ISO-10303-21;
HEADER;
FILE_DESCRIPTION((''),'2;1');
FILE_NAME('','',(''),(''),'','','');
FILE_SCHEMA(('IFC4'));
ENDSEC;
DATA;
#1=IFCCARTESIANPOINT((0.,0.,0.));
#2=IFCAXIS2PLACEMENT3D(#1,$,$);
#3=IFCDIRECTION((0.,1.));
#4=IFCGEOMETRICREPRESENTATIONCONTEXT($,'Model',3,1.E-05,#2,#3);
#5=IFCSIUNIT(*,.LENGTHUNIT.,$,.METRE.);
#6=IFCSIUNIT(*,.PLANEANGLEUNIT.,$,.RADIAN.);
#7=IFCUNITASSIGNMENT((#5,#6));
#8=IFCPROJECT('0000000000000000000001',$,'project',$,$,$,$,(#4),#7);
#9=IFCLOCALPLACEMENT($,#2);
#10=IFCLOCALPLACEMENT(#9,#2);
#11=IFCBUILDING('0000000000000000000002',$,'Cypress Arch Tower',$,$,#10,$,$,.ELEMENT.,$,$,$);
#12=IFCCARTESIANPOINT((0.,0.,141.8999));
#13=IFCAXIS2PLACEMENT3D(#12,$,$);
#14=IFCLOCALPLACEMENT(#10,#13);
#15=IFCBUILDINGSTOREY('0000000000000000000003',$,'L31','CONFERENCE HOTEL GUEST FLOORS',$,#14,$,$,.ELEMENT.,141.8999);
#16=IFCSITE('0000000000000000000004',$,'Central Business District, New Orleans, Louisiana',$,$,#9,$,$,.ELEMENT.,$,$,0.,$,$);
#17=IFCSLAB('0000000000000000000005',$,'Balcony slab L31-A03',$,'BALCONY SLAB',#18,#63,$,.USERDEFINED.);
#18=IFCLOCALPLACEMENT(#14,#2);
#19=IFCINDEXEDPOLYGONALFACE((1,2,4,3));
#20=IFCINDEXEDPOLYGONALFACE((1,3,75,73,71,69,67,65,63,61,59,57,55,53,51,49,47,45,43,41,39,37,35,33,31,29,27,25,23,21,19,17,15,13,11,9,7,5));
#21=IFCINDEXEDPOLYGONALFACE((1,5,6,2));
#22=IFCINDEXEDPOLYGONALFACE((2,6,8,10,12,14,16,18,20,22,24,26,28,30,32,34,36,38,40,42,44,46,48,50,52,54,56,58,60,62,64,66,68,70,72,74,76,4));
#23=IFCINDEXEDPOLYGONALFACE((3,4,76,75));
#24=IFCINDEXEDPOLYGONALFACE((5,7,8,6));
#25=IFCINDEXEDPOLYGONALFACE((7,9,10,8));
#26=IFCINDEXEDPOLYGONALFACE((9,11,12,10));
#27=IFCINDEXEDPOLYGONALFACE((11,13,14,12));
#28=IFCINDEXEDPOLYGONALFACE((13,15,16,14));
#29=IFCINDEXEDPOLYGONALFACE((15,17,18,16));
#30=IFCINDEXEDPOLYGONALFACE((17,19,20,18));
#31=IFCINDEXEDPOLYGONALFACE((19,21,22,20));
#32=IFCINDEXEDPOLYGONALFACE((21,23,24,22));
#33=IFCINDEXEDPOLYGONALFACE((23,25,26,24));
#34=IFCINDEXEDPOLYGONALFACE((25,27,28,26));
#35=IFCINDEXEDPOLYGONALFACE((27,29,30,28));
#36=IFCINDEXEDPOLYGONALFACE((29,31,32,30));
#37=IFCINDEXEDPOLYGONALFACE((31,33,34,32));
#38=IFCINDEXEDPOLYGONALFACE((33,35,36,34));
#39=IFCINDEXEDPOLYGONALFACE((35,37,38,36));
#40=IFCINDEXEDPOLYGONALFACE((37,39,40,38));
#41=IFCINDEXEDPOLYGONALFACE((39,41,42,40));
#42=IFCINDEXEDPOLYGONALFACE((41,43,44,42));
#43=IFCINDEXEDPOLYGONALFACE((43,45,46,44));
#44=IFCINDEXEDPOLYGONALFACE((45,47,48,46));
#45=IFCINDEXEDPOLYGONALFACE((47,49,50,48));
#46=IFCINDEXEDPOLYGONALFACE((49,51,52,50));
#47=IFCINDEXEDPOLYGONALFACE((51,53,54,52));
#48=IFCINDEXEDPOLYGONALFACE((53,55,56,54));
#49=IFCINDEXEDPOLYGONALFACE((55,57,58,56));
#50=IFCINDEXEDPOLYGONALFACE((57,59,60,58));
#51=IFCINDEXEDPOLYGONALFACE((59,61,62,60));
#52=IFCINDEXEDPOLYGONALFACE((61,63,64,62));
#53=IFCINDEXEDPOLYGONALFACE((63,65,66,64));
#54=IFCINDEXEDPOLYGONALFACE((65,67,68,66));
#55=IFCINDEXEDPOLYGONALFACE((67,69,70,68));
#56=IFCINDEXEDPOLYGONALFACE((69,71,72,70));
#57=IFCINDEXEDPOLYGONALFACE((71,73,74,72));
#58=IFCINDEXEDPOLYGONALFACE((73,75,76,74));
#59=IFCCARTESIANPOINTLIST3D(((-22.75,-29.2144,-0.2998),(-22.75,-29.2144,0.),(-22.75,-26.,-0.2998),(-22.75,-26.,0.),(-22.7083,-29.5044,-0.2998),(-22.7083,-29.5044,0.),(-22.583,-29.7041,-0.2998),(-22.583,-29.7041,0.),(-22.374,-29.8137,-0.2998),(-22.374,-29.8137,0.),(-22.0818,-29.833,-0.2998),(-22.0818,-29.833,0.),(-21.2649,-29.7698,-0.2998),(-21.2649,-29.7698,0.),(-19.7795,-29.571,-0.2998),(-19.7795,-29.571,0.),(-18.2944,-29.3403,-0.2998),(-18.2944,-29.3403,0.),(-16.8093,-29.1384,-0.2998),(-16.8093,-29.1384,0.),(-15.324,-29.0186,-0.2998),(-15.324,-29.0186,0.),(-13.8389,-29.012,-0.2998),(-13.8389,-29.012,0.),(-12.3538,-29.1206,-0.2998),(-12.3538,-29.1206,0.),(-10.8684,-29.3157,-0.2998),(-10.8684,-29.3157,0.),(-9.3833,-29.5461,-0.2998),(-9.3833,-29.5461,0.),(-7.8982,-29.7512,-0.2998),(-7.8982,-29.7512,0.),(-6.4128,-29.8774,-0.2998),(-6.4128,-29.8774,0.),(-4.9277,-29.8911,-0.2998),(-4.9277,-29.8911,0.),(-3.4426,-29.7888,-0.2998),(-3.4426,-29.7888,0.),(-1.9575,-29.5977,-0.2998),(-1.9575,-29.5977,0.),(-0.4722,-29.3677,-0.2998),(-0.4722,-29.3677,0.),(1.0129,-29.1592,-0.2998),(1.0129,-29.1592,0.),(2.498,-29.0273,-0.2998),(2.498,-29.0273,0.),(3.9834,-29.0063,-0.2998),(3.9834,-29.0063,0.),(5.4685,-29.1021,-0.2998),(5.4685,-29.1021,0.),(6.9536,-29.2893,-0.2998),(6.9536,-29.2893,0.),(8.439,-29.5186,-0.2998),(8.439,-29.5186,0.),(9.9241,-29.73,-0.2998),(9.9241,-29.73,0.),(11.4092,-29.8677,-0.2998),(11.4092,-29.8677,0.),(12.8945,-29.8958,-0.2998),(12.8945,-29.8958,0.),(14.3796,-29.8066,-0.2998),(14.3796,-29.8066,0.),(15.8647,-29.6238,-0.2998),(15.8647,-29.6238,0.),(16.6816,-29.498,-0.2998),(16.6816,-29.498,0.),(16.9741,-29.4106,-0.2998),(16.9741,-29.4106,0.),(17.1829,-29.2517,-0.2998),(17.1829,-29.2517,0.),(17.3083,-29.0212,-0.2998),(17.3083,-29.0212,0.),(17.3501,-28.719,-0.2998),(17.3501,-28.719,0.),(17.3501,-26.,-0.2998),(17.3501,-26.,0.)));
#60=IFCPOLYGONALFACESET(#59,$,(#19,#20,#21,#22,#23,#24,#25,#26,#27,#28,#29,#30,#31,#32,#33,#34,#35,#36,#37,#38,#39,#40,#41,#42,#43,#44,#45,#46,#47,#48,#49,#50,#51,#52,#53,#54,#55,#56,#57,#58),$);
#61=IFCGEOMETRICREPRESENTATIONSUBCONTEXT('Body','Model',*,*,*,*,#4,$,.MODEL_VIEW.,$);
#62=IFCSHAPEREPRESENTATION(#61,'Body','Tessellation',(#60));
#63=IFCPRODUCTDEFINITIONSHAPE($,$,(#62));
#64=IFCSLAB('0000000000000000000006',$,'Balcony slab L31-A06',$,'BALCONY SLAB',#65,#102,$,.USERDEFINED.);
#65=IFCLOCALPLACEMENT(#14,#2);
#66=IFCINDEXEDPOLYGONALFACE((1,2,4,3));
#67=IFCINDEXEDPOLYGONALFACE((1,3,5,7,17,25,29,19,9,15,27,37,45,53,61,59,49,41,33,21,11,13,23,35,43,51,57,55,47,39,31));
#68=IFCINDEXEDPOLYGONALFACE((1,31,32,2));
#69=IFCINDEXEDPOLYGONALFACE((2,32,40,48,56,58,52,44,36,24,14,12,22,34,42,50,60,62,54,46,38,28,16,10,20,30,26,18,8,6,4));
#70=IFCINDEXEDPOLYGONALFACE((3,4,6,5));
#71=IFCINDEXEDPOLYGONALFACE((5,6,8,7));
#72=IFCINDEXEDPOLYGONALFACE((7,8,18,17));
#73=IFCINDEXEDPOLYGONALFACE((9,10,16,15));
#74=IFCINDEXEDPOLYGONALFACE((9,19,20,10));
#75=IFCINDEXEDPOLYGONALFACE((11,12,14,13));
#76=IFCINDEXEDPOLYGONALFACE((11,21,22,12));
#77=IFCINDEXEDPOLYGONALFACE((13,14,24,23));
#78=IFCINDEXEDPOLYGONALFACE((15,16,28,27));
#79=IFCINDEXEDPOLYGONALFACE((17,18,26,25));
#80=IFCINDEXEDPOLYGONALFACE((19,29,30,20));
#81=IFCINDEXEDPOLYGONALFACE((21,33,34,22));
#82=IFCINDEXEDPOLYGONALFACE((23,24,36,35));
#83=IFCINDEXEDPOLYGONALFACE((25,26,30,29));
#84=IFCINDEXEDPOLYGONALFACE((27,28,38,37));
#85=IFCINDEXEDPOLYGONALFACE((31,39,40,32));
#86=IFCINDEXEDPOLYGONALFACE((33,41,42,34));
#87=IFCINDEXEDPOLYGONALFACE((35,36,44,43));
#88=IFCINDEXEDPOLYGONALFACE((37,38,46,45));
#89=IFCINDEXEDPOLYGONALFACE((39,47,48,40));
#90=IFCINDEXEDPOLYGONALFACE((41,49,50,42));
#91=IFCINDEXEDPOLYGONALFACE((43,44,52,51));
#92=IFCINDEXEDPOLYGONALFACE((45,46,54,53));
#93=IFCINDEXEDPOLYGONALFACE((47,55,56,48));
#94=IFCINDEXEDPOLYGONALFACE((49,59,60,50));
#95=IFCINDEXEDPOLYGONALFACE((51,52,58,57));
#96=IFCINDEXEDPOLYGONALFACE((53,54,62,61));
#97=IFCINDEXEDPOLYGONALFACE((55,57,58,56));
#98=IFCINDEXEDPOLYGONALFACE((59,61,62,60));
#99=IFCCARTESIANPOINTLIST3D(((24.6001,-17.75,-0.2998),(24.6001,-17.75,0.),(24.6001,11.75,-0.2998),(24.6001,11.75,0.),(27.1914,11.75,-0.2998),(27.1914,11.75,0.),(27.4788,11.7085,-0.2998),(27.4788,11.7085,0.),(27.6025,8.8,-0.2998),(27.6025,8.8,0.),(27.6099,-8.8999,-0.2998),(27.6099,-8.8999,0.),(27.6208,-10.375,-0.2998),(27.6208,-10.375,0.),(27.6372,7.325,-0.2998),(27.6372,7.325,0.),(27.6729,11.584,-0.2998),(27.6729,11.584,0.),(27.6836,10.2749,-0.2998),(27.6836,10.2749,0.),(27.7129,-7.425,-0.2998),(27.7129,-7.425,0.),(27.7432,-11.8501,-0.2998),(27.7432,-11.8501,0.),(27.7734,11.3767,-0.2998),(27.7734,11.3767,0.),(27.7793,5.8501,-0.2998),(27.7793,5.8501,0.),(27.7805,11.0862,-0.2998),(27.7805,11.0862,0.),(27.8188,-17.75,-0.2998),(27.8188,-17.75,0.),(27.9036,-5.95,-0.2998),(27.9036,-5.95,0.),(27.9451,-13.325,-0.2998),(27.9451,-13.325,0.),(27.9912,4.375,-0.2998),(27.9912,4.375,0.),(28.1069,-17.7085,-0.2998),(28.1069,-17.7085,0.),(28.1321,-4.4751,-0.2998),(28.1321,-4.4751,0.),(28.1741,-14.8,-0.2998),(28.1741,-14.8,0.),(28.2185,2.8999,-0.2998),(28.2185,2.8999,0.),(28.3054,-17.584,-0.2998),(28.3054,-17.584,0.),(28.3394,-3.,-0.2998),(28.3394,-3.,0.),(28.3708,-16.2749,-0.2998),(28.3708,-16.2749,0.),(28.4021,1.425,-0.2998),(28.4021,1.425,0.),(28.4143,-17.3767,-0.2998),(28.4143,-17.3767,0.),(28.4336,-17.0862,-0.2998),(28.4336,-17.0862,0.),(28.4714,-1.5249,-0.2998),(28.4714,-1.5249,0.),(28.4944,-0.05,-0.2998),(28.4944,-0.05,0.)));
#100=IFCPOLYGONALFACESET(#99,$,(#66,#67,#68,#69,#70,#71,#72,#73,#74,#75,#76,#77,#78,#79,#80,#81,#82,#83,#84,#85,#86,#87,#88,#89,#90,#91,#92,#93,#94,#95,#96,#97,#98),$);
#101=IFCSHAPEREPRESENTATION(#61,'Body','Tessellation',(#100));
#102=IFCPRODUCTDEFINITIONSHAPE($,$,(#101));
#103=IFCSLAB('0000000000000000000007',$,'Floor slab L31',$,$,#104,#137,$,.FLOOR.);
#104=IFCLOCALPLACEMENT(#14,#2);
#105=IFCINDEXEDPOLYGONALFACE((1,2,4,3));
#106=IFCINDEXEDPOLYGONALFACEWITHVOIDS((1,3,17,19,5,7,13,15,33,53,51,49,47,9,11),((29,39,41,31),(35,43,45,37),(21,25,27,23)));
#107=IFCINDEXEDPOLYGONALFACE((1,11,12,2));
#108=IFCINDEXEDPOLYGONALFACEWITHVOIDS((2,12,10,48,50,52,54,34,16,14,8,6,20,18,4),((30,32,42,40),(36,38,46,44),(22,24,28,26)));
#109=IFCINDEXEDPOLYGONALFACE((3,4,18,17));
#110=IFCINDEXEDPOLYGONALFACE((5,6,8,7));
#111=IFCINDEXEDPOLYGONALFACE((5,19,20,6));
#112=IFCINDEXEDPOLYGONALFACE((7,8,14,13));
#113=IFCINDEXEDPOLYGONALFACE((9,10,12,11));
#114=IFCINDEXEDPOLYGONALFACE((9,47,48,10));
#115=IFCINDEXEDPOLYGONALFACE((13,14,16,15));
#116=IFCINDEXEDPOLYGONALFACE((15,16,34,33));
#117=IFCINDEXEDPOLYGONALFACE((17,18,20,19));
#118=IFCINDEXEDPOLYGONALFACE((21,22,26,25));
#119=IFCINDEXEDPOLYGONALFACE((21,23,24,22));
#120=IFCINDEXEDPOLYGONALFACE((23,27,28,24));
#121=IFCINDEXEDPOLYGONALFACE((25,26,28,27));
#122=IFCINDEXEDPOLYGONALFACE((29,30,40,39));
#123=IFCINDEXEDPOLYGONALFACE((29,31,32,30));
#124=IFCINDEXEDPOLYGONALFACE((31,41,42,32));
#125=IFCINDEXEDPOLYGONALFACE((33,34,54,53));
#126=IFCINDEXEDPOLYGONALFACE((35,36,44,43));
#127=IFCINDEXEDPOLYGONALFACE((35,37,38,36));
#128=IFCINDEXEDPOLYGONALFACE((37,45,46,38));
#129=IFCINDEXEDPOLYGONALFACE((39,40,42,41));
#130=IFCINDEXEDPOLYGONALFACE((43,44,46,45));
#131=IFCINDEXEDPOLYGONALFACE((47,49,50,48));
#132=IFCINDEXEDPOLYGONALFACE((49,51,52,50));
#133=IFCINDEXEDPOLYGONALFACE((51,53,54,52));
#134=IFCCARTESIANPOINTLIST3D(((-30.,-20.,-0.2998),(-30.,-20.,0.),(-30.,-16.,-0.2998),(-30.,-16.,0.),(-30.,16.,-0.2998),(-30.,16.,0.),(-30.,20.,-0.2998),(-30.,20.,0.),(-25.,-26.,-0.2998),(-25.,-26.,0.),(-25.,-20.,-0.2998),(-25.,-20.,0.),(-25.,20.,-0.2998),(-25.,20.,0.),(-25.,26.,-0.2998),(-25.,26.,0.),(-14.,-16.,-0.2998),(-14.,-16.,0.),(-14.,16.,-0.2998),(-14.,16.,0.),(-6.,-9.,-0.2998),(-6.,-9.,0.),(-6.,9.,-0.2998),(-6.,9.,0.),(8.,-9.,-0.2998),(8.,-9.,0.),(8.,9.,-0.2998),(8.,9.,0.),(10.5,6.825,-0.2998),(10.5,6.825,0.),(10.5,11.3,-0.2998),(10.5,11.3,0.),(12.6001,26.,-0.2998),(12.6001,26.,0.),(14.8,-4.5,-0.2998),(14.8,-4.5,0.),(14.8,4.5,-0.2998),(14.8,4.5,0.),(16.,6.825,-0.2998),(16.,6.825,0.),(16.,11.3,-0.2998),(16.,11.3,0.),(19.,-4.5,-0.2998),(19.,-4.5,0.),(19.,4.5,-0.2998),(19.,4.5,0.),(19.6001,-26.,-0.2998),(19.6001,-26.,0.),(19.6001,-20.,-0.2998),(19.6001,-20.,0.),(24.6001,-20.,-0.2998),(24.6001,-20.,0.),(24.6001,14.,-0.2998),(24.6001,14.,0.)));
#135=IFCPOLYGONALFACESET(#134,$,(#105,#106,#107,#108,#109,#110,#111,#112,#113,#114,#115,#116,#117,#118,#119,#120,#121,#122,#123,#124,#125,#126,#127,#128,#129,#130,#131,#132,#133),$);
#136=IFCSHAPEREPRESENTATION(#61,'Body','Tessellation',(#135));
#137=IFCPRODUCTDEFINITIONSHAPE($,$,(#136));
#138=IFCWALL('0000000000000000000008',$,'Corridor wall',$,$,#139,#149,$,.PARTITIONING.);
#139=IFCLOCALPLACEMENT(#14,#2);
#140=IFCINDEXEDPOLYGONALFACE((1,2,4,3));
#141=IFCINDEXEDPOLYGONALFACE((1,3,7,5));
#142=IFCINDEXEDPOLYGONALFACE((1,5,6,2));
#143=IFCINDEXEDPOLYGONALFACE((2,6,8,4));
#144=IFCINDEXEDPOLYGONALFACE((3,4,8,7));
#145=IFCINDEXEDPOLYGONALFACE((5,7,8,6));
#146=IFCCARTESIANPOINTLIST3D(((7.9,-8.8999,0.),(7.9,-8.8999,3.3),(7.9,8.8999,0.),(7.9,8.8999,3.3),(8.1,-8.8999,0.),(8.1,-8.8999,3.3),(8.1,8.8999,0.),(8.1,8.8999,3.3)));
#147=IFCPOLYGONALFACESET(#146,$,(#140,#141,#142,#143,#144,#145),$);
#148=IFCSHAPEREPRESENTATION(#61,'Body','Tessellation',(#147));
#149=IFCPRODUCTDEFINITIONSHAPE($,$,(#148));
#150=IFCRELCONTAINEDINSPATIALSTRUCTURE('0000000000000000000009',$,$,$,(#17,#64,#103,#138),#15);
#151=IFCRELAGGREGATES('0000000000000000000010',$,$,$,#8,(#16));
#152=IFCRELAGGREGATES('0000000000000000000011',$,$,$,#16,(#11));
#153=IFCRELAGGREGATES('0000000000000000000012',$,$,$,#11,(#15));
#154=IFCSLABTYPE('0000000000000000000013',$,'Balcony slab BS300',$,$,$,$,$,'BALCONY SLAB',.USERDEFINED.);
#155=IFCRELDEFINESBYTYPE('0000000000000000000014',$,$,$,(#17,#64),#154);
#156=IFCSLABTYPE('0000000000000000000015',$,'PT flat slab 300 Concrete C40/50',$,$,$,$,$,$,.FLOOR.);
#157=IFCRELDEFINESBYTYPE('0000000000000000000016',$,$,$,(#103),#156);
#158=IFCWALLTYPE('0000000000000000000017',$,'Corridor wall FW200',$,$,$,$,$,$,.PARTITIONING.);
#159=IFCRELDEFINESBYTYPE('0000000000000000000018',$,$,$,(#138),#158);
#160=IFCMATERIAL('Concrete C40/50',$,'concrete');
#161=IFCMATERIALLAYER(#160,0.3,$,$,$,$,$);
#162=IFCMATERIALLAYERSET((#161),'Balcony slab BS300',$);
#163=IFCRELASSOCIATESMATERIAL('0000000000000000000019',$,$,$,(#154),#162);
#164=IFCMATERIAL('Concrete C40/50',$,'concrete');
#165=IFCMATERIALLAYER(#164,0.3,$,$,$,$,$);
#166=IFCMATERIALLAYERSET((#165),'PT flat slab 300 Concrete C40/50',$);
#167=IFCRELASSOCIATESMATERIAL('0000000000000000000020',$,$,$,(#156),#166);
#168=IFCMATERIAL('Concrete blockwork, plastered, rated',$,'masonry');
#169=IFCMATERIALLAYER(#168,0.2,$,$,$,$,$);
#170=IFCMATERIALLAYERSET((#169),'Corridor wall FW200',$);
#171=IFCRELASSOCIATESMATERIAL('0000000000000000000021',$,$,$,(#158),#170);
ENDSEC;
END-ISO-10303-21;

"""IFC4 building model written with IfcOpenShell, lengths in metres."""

from ifc_helpers import new_model, si_unit, direction, frame, frame_2d, origin, place, context, subcontext, project, spatial, polyline, rectangle, outline, extrude, material, layer, layer_set, type_object, element, save


model = new_model("IFC4")

# Units and contexts
model_context = context("Model", 3, precision=1e-05, world=origin(), true_north=direction((0.0, 1.0)))
body_context = subcontext(model_context, "Body", "Model", "MODEL_VIEW")
ifc_project = project(units=[si_unit("LENGTHUNIT", "METRE"), si_unit("PLANEANGLEUNIT", "RADIAN")], contexts=[model_context])

# Site, building, storey
site_placement = place(None, origin())
site = spatial("IfcSite", under=ifc_project, at=site_placement, Name="Central Business District, New Orleans, Louisiana", CompositionType="ELEMENT", RefElevation=0.0)
building_placement = place(site_placement, origin())
building = spatial("IfcBuilding", under=site, at=building_placement, Name="Cypress Arch Tower", CompositionType="ELEMENT")
storey_placement = place(building_placement, frame((0.0, 0.0, 141.8999)))
storey = spatial("IfcBuildingStorey", under=building, at=storey_placement, Name="L31", Description="CONFERENCE HOTEL GUEST FLOORS", CompositionType="ELEMENT", Elevation=141.8999)

# Slabs
ifc_material_1 = material(Name="Concrete C40/50", Category="concrete")
ifc_layer_1 = layer(ifc_material_1, 0.3)
ifc_layer_set_1 = layer_set([ifc_layer_1], Name="Balcony slab BS300")
slab_type_1 = type_object("IfcSlabType", Name="Balcony slab BS300", ElementType="BALCONY SLAB", PredefinedType="USERDEFINED", material=ifc_layer_set_1)
slab_1_placement = place(storey_placement, frame((0.0, 0.0, -0.2998)))
element("IfcSlab", 1, at=slab_1_placement, inside=storey, type_object=slab_type_1, Name="Balcony slab L31-A03", ObjectType="BALCONY SLAB", PredefinedType="USERDEFINED", context=body_context, shape_type="SweptSolid", body=[
    extrude(outline(polyline([(-22.75, -26.0), (-22.75, -29.2144), (-22.7083, -29.5044), (-22.583, -29.7041), (-22.374, -29.8137), (-22.0818, -29.833), (-21.2649, -29.7698), (-19.7795, -29.571), (-18.2944, -29.3403), (-16.8093, -29.1384), (-15.324, -29.0186), (-13.8389, -29.012), (-12.3538, -29.1206), (-10.8684, -29.3157), (-9.3833, -29.5461), (-7.8982, -29.7512), (-6.4128, -29.8774), (-4.9277, -29.8911), (-3.4426, -29.7888), (-1.9575, -29.5977), (-0.4722, -29.3677), (1.0129, -29.1592), (2.498, -29.0273), (3.9834, -29.0063), (5.4685, -29.1021), (6.9536, -29.2893), (8.439, -29.5186), (9.9241, -29.73), (11.4092, -29.8677), (12.8945, -29.8958), (14.3796, -29.8066), (15.8647, -29.6238), (16.6816, -29.498), (16.9741, -29.4106), (17.1829, -29.2517), (17.3083, -29.0212), (17.3501, -28.719), (17.3501, -26.0), (-22.75, -26.0)])), origin(), (0.0, 0.0, 1.0), 0.2998),
])
slab_2_placement = place(storey_placement, frame((0.0, 0.0, -0.2998)))
element("IfcSlab", 2, at=slab_2_placement, inside=storey, type_object=slab_type_1, Name="Balcony slab L31-A06", ObjectType="BALCONY SLAB", PredefinedType="USERDEFINED", context=body_context, shape_type="SweptSolid", body=[
    extrude(outline(polyline([(24.6001, -17.75), (27.8188, -17.75), (28.1069, -17.7085), (28.3054, -17.584), (28.4143, -17.3767), (28.4336, -17.0862), (28.3708, -16.2749), (28.1741, -14.8), (27.9451, -13.325), (27.7432, -11.8501), (27.6208, -10.375), (27.6099, -8.8999), (27.7129, -7.425), (27.9036, -5.95), (28.1321, -4.4751), (28.3394, -3.0), (28.4714, -1.5249), (28.4944, -0.05), (28.4021, 1.425), (28.2185, 2.8999), (27.9912, 4.375), (27.7793, 5.8501), (27.6372, 7.325), (27.6025, 8.8), (27.6836, 10.2749), (27.7805, 11.0862), (27.7734, 11.3767), (27.6729, 11.584), (27.4788, 11.7085), (27.1914, 11.75), (24.6001, 11.75), (24.6001, -17.75)])), origin(), (0.0, 0.0, 1.0), 0.2998),
])
ifc_material_2 = material(Name="Concrete C40/50", Category="concrete")
ifc_layer_2 = layer(ifc_material_2, 0.3)
ifc_layer_set_2 = layer_set([ifc_layer_2], Name="PT flat slab 300 Concrete C40/50")
slab_type_2 = type_object("IfcSlabType", Name="PT flat slab 300 Concrete C40/50", PredefinedType="FLOOR", material=ifc_layer_set_2)
slab_3_placement = place(storey_placement, frame((0.0, 0.0, -0.2998)))
element("IfcSlab", 3, at=slab_3_placement, inside=storey, type_object=slab_type_2, Name="Floor slab L31", PredefinedType="FLOOR", context=body_context, shape_type="SweptSolid", body=[
    extrude(outline(polyline([(-25.0, 20.0), (-25.0, 26.0), (12.6001, 26.0), (24.6001, 14.0), (24.6001, -20.0), (19.6001, -20.0), (19.6001, -26.0), (-25.0, -26.0), (-25.0, -20.0), (-30.0, -20.0), (-30.0, -16.0), (-14.0, -16.0), (-14.0, 16.0), (-30.0, 16.0), (-30.0, 20.0), (-25.0, 20.0)]), holes=[polyline([(19.0, -4.5), (19.0, 4.5), (14.8, 4.5), (14.8, -4.5), (19.0, -4.5)]), polyline([(16.0, 6.825), (16.0, 11.3), (10.5, 11.3), (10.5, 6.825), (16.0, 6.825)]), polyline([(8.0, -9.0), (8.0, 9.0), (-6.0, 9.0), (-6.0, -9.0), (8.0, -9.0)])]), origin(), (0.0, 0.0, 1.0), 0.2998),
])

# Wall
ifc_material_3 = material(Name="Concrete blockwork, plastered, rated", Category="masonry")
ifc_layer_3 = layer(ifc_material_3, 0.2)
ifc_layer_set_3 = layer_set([ifc_layer_3], Name="Corridor wall FW200")
wall_type_1 = type_object("IfcWallType", Name="Corridor wall FW200", PredefinedType="PARTITIONING", material=ifc_layer_set_3)
wall_1_placement = place(storey_placement, frame((8.0, -8.8999, 0.0), z_axis=(0.0, 0.0, 1.0), x_axis=(0.0, 1.0, 0.0)))
element("IfcWall", 4, at=wall_1_placement, inside=storey, type_object=wall_type_1, Name="Corridor wall", PredefinedType="PARTITIONING", context=body_context, shape_type="SweptSolid", body=[
    extrude(rectangle(XDim=17.7998, YDim=0.2, at=frame_2d((8.8999, 0.0))), origin(), (0.0, 0.0, 1.0), 3.3),
])

save(model, "model.ifc")
